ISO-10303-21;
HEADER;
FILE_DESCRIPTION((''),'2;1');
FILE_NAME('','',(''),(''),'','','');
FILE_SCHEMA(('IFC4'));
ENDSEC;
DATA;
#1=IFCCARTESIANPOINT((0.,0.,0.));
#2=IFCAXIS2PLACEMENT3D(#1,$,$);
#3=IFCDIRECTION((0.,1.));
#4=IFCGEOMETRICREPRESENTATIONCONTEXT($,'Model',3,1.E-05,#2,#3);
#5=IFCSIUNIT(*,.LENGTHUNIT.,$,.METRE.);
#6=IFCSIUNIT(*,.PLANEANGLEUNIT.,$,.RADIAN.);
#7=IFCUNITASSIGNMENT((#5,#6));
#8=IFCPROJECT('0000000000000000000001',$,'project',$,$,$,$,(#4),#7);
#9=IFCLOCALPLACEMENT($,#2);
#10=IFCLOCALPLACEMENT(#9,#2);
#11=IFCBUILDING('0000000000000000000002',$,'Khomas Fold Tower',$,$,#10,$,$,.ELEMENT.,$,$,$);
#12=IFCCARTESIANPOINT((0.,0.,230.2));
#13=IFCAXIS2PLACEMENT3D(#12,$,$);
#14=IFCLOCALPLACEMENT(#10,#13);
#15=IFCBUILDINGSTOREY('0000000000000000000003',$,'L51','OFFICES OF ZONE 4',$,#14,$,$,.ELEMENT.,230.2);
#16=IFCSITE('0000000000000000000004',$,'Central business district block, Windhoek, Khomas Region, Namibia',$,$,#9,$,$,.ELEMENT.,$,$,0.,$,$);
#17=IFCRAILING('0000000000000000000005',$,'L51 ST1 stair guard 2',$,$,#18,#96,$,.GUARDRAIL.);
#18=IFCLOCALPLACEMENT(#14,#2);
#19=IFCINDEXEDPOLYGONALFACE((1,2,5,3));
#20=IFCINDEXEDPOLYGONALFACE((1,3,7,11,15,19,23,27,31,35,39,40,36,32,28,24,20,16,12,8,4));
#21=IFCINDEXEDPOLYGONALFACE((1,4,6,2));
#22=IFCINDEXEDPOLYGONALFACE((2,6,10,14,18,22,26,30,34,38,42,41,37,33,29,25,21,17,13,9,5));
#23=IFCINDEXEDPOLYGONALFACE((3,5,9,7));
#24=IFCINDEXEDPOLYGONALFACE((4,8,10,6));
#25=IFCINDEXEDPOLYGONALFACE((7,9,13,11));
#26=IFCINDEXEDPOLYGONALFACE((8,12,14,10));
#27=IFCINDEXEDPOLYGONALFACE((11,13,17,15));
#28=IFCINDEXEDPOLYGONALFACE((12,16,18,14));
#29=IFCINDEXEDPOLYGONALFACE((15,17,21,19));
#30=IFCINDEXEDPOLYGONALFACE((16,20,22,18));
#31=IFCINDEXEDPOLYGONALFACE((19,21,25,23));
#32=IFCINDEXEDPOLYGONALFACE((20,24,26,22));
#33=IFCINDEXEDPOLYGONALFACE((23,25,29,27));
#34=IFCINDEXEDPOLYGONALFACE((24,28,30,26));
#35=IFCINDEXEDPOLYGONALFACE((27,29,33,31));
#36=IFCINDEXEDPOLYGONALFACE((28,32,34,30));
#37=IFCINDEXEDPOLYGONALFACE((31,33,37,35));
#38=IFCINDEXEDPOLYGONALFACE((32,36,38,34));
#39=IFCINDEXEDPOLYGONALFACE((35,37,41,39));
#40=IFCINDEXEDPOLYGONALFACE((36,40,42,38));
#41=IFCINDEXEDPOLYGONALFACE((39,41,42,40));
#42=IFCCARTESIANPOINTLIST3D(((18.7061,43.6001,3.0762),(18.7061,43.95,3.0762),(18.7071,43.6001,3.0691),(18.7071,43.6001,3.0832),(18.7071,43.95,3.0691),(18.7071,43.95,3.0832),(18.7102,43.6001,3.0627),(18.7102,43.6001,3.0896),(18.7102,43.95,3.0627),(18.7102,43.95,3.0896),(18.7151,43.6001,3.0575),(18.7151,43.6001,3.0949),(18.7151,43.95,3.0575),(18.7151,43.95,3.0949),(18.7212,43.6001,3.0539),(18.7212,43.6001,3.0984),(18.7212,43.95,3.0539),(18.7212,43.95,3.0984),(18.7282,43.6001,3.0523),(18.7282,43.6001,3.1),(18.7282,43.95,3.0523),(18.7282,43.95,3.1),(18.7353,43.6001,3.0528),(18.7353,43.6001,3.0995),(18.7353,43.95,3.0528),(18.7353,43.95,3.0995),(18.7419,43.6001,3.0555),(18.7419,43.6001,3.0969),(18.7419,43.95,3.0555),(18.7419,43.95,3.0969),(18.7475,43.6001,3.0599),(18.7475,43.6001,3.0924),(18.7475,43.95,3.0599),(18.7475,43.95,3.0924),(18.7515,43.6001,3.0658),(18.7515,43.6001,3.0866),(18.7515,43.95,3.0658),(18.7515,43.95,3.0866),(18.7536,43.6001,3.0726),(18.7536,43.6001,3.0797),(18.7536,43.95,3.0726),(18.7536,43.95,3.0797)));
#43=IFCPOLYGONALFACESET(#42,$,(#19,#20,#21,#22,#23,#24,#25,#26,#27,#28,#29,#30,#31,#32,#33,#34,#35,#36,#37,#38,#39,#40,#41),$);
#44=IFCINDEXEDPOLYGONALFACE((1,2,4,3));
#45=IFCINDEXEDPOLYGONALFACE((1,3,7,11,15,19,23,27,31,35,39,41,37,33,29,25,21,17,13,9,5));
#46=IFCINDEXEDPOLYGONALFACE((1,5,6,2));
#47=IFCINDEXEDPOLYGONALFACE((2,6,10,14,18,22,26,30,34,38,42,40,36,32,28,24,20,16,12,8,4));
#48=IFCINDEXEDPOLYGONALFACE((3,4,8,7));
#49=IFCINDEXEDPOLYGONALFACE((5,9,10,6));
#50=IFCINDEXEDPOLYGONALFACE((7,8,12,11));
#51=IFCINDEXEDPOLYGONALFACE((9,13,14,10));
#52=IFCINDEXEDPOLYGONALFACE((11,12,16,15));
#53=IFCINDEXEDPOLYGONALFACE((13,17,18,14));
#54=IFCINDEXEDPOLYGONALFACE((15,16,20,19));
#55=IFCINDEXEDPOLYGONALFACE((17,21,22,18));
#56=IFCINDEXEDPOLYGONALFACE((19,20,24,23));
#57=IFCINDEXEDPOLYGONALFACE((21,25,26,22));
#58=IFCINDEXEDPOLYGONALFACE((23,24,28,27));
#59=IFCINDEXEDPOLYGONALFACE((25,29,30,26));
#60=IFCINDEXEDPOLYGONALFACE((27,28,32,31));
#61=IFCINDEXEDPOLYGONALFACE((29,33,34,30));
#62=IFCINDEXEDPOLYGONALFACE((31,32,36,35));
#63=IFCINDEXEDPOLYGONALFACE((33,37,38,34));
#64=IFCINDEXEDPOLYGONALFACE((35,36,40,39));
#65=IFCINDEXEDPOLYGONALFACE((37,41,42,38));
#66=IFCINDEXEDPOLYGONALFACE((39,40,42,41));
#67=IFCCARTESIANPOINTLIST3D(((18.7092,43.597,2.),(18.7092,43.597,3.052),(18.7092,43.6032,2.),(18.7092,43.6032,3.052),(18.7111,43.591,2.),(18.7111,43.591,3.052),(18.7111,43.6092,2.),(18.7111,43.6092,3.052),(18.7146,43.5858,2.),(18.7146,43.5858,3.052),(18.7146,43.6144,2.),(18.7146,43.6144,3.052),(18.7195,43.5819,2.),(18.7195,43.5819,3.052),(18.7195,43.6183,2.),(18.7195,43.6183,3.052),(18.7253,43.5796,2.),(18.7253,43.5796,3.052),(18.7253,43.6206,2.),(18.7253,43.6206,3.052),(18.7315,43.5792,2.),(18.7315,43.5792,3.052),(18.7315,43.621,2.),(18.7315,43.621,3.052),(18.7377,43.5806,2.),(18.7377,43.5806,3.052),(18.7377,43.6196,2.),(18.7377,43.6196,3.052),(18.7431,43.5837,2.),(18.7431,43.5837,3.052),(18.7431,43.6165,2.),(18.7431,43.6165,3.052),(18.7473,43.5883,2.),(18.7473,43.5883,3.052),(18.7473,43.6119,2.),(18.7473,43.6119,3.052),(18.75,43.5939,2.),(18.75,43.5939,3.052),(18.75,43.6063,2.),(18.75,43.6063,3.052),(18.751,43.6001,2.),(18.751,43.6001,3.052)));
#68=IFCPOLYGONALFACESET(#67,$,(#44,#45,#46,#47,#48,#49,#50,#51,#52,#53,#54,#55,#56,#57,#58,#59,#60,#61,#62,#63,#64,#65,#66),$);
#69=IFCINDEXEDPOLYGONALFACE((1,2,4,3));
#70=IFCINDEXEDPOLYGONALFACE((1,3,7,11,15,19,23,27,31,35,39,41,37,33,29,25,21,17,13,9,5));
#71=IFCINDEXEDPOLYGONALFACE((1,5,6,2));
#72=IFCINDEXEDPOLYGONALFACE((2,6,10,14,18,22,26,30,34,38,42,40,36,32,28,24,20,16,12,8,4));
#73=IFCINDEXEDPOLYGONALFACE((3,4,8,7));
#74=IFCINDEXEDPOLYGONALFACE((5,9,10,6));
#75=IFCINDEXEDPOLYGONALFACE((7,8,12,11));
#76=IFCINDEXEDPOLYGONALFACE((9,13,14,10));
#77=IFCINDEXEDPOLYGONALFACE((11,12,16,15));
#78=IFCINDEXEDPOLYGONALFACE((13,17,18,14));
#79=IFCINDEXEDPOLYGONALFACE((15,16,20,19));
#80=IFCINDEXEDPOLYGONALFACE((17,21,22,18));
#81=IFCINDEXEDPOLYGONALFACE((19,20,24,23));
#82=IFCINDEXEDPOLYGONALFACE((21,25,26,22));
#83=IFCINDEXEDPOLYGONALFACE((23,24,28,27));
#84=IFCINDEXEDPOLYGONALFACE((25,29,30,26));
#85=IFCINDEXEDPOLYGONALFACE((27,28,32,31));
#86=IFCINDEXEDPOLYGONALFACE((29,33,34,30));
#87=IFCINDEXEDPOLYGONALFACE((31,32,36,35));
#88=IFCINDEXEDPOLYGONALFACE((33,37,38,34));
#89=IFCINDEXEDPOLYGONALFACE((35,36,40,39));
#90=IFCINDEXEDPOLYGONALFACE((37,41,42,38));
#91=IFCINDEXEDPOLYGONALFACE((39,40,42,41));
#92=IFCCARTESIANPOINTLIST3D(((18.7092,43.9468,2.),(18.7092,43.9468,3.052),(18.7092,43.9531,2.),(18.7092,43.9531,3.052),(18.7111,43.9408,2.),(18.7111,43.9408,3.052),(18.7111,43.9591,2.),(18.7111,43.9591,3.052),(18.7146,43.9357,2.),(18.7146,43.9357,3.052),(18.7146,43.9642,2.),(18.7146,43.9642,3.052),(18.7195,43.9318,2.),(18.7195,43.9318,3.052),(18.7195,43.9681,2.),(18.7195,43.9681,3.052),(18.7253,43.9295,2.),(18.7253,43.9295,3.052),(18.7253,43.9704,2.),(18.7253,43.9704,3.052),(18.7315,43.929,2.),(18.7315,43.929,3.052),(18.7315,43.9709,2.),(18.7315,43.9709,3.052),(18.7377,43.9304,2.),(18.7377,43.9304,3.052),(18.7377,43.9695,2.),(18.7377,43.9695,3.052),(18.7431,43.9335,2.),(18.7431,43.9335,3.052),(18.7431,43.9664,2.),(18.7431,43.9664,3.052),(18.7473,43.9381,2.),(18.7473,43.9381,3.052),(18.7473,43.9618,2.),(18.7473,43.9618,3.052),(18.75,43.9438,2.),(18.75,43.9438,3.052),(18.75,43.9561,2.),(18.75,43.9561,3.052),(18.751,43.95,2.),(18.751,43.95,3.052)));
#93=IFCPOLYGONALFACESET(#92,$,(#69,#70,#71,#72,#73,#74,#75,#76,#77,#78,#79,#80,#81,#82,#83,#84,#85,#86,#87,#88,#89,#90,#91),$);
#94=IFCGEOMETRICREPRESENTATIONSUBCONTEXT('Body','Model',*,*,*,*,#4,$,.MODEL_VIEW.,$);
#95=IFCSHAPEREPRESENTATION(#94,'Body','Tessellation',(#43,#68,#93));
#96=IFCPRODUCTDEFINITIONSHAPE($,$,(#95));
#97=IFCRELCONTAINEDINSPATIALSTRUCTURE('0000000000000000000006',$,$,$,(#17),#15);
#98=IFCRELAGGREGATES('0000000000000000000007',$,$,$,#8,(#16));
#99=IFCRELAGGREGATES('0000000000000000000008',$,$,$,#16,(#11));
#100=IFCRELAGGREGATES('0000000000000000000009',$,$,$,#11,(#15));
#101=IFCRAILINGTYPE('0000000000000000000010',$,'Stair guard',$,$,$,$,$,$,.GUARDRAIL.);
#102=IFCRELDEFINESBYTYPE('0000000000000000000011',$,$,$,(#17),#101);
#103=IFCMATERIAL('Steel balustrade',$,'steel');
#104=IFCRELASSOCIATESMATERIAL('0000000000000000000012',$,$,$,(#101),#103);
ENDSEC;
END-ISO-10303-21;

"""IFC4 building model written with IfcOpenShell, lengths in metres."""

from ifc_helpers import new_model, si_unit, direction, frame, origin, origin_2d, place, context, subcontext, project, spatial, circle, extrude, source, transform, mapped, material, type_object, element, save


model = new_model("IFC4")

# Units and contexts
model_context = context("Model", 3, precision=1e-05, world=origin(), true_north=direction((0.0, 1.0)))
body_context = subcontext(model_context, "Body", "Model", "MODEL_VIEW")
ifc_project = project(units=[si_unit("LENGTHUNIT", "METRE"), si_unit("PLANEANGLEUNIT", "RADIAN")], contexts=[model_context])

# Site, building, storey
site_placement = place(None, origin())
site = spatial("IfcSite", under=ifc_project, at=site_placement, Name="Central business district block, Windhoek, Khomas Region, Namibia", CompositionType="ELEMENT", RefElevation=0.0)
building_placement = place(site_placement, origin())
building = spatial("IfcBuilding", under=site, at=building_placement, Name="Khomas Fold Tower", CompositionType="ELEMENT")
storey_placement = place(building_placement, frame((0.0, 0.0, 230.2)))
storey = spatial("IfcBuildingStorey", under=building, at=storey_placement, Name="L51", Description="OFFICES OF ZONE 4", CompositionType="ELEMENT", Elevation=230.2)

# Railing
ifc_material_1 = material(Name="Steel balustrade", Category="steel")
railing_type_1 = type_object("IfcRailingType", Name="Stair guard", PredefinedType="GUARDRAIL", material=ifc_material_1)
shared_shape_1 = source(origin(), body_context, "Body", "SweptSolid", [
    extrude(circle(Radius=0.0239, at=origin_2d()), frame((0.0, 0.0, 1.0762), z_axis=(0.0, 1.0, 0.0), x_axis=(-1.0, 0.0, 0.0)), (0.0, 0.0, 1.0), 0.3499),
    extrude(circle(Radius=0.021, at=origin_2d()), origin(), (0.0, 0.0, 1.0), 1.052),
    extrude(circle(Radius=0.021, at=origin_2d()), frame((0.0, 0.3499, 0.0)), (0.0, 0.0, 1.0), 1.052),
])
railing_1_placement = place(storey_placement, frame((18.73, 43.6001, 2.0)))
element("IfcRailing", 1, at=railing_1_placement, inside=storey, type_object=railing_type_1, Name="L51 ST1 stair guard 2", PredefinedType="GUARDRAIL", context=body_context, shape_type="MappedRepresentation", body=[
    mapped(shared_shape_1, transform((0.0, 0.0, 0.0))),
])

save(model, "model.ifc")
